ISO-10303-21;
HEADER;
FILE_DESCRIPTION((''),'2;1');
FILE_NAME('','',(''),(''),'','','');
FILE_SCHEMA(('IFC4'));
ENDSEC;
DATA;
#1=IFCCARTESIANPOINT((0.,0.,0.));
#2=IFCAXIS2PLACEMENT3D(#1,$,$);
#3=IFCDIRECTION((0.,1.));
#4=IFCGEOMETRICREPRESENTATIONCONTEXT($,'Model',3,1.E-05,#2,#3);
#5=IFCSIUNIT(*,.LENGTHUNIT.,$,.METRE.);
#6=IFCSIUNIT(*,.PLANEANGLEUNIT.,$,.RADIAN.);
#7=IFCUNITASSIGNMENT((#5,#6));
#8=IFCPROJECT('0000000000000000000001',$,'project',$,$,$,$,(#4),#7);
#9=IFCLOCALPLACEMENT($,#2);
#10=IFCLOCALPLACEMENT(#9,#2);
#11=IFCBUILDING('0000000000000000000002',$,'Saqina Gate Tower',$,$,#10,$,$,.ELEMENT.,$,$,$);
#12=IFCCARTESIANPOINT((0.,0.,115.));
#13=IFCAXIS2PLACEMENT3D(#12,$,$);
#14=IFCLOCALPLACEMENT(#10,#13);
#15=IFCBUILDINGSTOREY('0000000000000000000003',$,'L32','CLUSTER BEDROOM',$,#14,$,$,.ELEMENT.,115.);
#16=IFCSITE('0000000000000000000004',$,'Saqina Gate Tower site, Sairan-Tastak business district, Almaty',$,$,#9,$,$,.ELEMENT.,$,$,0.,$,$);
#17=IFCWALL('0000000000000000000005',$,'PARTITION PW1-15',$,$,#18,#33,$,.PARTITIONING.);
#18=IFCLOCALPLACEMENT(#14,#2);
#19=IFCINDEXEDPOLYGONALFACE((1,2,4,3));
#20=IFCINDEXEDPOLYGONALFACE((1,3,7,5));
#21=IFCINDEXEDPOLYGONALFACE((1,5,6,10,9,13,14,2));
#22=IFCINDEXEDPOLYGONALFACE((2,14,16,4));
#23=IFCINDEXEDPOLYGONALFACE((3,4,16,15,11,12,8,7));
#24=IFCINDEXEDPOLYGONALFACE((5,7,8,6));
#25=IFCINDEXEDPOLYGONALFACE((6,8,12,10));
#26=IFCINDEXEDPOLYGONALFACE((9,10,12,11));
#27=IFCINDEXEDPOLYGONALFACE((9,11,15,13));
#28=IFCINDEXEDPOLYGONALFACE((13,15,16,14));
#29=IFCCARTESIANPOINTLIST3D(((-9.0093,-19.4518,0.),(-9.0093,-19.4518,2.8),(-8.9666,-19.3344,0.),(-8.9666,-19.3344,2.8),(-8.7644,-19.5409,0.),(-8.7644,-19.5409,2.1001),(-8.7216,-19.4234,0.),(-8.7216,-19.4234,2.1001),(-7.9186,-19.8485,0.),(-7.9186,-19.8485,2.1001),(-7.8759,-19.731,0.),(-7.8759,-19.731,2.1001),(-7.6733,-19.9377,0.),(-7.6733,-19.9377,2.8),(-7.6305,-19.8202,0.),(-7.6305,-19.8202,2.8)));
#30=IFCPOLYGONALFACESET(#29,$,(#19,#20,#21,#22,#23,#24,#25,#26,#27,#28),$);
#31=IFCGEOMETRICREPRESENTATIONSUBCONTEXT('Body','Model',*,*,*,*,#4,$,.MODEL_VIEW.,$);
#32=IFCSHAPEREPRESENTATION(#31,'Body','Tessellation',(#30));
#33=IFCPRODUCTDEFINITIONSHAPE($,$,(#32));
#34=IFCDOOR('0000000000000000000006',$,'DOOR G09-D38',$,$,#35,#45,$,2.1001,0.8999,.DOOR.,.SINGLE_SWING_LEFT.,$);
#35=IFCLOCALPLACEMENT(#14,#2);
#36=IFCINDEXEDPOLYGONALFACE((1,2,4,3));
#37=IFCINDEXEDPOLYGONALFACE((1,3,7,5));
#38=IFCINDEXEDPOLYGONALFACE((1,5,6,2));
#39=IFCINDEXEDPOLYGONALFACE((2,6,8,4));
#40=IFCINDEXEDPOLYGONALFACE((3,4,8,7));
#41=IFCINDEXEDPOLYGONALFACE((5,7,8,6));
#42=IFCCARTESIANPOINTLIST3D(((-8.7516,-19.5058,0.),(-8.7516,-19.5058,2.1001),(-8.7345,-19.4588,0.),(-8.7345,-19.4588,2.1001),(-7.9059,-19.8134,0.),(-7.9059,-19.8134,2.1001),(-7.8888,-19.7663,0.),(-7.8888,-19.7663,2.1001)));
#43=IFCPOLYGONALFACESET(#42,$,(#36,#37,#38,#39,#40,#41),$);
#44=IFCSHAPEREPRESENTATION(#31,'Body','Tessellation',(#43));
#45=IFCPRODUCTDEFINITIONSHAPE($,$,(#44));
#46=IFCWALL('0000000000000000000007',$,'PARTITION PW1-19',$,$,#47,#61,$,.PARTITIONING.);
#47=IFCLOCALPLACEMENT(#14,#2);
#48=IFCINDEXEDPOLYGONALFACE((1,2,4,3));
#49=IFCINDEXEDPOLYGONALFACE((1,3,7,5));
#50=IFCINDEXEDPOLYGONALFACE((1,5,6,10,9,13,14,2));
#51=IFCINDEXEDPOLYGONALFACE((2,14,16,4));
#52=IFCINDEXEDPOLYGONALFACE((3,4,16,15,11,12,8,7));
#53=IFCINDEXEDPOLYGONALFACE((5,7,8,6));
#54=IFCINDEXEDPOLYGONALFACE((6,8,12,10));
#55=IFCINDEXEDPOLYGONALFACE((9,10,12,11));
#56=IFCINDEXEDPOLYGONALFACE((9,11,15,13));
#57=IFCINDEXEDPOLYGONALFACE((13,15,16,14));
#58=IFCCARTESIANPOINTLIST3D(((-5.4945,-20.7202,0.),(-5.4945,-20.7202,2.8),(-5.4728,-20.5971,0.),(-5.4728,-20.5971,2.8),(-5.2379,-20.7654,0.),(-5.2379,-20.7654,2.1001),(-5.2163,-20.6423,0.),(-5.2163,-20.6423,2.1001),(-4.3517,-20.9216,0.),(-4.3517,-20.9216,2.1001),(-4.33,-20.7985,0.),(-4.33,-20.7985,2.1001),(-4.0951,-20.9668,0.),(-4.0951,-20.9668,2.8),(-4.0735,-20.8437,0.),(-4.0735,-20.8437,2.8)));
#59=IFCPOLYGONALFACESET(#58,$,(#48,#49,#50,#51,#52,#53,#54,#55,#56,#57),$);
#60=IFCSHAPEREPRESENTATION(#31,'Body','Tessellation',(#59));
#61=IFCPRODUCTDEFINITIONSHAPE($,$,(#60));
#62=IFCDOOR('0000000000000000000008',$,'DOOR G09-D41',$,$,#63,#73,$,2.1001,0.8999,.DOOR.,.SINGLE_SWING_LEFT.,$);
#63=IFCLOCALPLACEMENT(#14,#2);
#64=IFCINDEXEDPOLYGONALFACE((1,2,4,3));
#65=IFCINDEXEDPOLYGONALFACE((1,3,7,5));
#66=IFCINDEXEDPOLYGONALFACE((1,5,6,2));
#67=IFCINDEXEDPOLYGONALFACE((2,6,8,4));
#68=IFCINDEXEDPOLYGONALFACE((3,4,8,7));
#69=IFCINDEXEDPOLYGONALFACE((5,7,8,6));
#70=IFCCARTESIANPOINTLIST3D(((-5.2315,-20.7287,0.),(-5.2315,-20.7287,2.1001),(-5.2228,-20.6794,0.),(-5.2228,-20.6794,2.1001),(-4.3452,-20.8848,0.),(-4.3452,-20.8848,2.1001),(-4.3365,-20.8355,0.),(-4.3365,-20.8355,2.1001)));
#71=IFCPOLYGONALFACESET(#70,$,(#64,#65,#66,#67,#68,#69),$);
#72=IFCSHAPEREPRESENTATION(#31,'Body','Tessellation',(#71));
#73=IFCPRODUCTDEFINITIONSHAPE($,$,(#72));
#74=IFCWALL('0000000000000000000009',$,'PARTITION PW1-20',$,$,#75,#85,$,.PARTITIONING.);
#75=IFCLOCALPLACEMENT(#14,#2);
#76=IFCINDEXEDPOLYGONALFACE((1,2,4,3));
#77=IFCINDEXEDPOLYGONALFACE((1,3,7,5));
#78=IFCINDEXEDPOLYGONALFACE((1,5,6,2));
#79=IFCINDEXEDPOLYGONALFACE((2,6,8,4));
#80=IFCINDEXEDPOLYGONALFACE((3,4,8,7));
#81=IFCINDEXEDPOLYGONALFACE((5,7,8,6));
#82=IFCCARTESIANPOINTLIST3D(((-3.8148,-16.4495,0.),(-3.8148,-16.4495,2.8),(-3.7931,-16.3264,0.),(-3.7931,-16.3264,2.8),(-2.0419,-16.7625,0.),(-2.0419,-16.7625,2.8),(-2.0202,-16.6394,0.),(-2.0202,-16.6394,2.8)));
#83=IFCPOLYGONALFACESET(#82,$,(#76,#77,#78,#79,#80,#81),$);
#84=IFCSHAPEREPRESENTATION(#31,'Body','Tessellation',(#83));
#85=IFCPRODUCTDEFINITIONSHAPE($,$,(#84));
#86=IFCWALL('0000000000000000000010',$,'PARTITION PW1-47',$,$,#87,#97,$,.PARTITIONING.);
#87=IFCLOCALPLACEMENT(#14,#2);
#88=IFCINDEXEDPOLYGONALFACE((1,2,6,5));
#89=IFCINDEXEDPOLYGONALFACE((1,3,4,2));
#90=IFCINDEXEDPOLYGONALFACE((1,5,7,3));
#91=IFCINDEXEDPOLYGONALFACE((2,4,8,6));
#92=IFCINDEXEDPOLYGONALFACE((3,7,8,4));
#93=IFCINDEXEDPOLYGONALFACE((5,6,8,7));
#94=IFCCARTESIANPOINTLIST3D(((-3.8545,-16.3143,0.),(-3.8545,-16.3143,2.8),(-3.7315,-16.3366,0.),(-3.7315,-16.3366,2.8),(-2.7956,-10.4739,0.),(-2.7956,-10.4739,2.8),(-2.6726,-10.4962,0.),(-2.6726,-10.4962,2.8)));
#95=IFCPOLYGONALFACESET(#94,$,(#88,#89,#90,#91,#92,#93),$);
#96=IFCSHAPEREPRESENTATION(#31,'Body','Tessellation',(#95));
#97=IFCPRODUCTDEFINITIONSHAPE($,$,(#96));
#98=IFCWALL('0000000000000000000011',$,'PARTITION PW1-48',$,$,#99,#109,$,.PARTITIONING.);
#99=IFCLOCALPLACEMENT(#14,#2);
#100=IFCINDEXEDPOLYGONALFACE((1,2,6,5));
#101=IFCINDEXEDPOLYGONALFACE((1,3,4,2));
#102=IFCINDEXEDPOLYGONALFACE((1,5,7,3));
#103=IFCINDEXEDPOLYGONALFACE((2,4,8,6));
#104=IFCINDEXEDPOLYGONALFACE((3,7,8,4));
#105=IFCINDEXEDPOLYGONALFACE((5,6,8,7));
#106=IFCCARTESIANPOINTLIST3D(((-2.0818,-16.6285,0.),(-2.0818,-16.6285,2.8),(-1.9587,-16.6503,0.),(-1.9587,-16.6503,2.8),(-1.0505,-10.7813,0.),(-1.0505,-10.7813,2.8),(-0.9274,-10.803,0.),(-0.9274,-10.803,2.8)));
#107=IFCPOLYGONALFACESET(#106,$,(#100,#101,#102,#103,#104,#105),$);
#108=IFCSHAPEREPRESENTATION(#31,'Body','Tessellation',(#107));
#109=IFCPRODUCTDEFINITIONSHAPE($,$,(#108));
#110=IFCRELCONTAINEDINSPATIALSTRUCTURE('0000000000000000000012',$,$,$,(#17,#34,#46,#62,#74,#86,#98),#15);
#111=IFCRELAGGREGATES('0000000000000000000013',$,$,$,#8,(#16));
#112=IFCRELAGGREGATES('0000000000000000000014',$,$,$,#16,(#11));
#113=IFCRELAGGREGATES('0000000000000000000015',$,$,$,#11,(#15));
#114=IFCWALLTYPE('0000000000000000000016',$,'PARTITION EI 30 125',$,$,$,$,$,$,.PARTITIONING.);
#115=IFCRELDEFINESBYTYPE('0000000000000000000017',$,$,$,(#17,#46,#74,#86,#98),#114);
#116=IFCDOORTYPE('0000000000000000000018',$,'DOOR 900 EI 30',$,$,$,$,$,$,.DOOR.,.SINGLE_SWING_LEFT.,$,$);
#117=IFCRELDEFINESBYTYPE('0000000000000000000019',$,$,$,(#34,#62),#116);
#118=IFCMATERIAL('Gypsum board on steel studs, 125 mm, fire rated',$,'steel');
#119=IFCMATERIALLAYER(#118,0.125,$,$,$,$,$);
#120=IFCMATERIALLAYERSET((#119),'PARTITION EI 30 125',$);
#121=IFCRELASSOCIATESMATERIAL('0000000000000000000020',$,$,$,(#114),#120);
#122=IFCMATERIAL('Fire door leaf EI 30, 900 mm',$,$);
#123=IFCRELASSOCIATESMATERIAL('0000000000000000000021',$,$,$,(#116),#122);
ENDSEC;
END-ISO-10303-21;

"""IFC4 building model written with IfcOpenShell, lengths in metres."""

from ifc_helpers import new_model, si_unit, direction, frame, frame_2d, origin, place, context, subcontext, project, spatial, rectangle, extrude, material, layer, layer_set, type_object, element, fill, save


model = new_model("IFC4")

# Units and contexts
model_context = context("Model", 3, precision=1e-05, world=origin(), true_north=direction((0.0, 1.0)))
body_context = subcontext(model_context, "Body", "Model", "MODEL_VIEW")
ifc_project = project(units=[si_unit("LENGTHUNIT", "METRE"), si_unit("PLANEANGLEUNIT", "RADIAN")], contexts=[model_context])

# Site, building, storey
site_placement = place(None, origin())
site = spatial("IfcSite", under=ifc_project, at=site_placement, Name="Saqina Gate Tower site, Sairan-Tastak business district, Almaty", CompositionType="ELEMENT", RefElevation=0.0)
building_placement = place(site_placement, origin())
building = spatial("IfcBuilding", under=site, at=building_placement, Name="Saqina Gate Tower", CompositionType="ELEMENT")
storey_placement = place(building_placement, frame((0.0, 0.0, 115.0)))
storey = spatial("IfcBuildingStorey", under=building, at=storey_placement, Name="L32", Description="CLUSTER BEDROOM", CompositionType="ELEMENT", Elevation=115.0)

# Walls, openings, doors
ifc_material_1 = material(Name="Gypsum board on steel studs, 125 mm, fire rated", Category="steel")
ifc_layer_1 = layer(ifc_material_1, 0.125)
ifc_layer_set_1 = layer_set([ifc_layer_1], Name="PARTITION EI 30 125")
wall_type_1 = type_object("IfcWallType", Name="PARTITION EI 30 125", PredefinedType="PARTITIONING", material=ifc_layer_set_1)
wall_1_placement = place(storey_placement, frame((-8.988, -19.3931, 0.0), z_axis=(0.0, 0.0, 1.0), x_axis=(0.939783, -0.341771, 0.0)))
wall_1 = element("IfcWall", 1, at=wall_1_placement, inside=storey, type_object=wall_type_1, Name="PARTITION PW1-15", PredefinedType="PARTITIONING", context=body_context, shape_type="SweptSolid", body=[
    extrude(rectangle(XDim=1.4216, YDim=0.125, at=frame_2d((0.7109, 0.0))), origin(), (0.0, 0.0, 1.0), 2.8),
])
opening_1_placement = place(wall_1_placement, frame((0.2607, 0.0, 0.0)))
opening_1 = element("IfcOpeningElement", 2, at=opening_1_placement, cuts=wall_1, PredefinedType="OPENING", context=body_context, shape_type="SweptSolid", body=[
    extrude(rectangle(XDim=0.8999, YDim=2.1001, at=frame_2d((0.45, 1.05))), frame((0.0, 0.0745, 0.0), z_axis=(0.0, -1.0, 0.0), x_axis=(1.0, 0.0, 0.0)), (0.0, 0.0, 1.0), 0.1489),
])
ifc_material_2 = material(Name="Fire door leaf EI 30, 900 mm")
door_type_1 = type_object("IfcDoorType", Name="DOOR 900 EI 30", OperationType="SINGLE_SWING_LEFT", PredefinedType="DOOR", material=ifc_material_2)
door_1_placement = place(opening_1_placement, origin())
door_1 = element("IfcDoor", 3, at=door_1_placement, inside=storey, type_object=door_type_1, Name="DOOR G09-D38", OperationType="SINGLE_SWING_LEFT", OverallHeight=2.1001, OverallWidth=0.8999, PredefinedType="DOOR", context=body_context, shape_type="SweptSolid", body=[
    extrude(rectangle(XDim=0.8999, YDim=2.1001, at=frame_2d((0.45, 1.05))), frame((0.0, 0.0249, 0.0), z_axis=(0.0, -1.0, 0.0), x_axis=(1.0, 0.0, 0.0)), (0.0, 0.0, 1.0), 0.05),
])
fill(opening_1, door_1)
wall_2_placement = place(storey_placement, frame((-5.4836, -20.6587, 0.0), z_axis=(0.0, 0.0, 1.0), x_axis=(0.984828, -0.17353, 0.0)))
wall_2 = element("IfcWall", 4, at=wall_2_placement, inside=storey, type_object=wall_type_1, Name="PARTITION PW1-19", PredefinedType="PARTITIONING", context=body_context, shape_type="SweptSolid", body=[
    extrude(rectangle(XDim=1.4209, YDim=0.125, at=frame_2d((0.7104, 0.0))), origin(), (0.0, 0.0, 1.0), 2.8),
])
opening_2_placement = place(wall_2_placement, frame((0.2605, 0.0, 0.0)))
opening_2 = element("IfcOpeningElement", 5, at=opening_2_placement, cuts=wall_2, PredefinedType="OPENING", context=body_context, shape_type="SweptSolid", body=[
    extrude(rectangle(XDim=0.8999, YDim=2.1001, at=frame_2d((0.45, 1.05))), frame((0.0, 0.0745, 0.0), z_axis=(0.0, -1.0, 0.0), x_axis=(1.0, 0.0, 0.0)), (0.0, 0.0, 1.0), 0.1489),
])
door_2_placement = place(opening_2_placement, origin())
door_2 = element("IfcDoor", 6, at=door_2_placement, inside=storey, type_object=door_type_1, Name="DOOR G09-D41", OperationType="SINGLE_SWING_LEFT", OverallHeight=2.1001, OverallWidth=0.8999, PredefinedType="DOOR", context=body_context, shape_type="SweptSolid", body=[
    extrude(rectangle(XDim=0.8999, YDim=2.1001, at=frame_2d((0.45, 1.05))), frame((0.0, 0.0249, 0.0), z_axis=(0.0, -1.0, 0.0), x_axis=(1.0, 0.0, 0.0)), (0.0, 0.0, 1.0), 0.05),
])
fill(opening_2, door_2)

# Walls
wall_3_placement = place(storey_placement, frame((-3.804, -16.3879, 0.0), z_axis=(0.0, 0.0, 1.0), x_axis=(0.984773, -0.173847, 0.0)))
element("IfcWall", 7, at=wall_3_placement, inside=storey, type_object=wall_type_1, Name="PARTITION PW1-20", PredefinedType="PARTITIONING", context=body_context, shape_type="SweptSolid", body=[
    extrude(rectangle(XDim=1.8003, YDim=0.125, at=frame_2d((0.9001, 0.0))), origin(), (0.0, 0.0, 1.0), 2.8),
])
wall_4_placement = place(storey_placement, frame((-3.793, -16.3254, 0.0), z_axis=(0.0, 0.0, 1.0), x_axis=(0.17839, 0.98396, 0.0)))
element("IfcWall", 8, at=wall_4_placement, inside=storey, type_object=wall_type_1, Name="PARTITION PW1-47", PredefinedType="PARTITIONING", context=body_context, shape_type="SweptSolid", body=[
    extrude(rectangle(XDim=5.9355, YDim=0.125, at=frame_2d((2.9678, 0.0))), origin(), (0.0, 0.0, 1.0), 2.8),
])
wall_5_placement = place(storey_placement, frame((-2.0203, -16.6394, 0.0), z_axis=(0.0, 0.0, 1.0), x_axis=(0.173687, 0.984801, 0.0)))
element("IfcWall", 9, at=wall_5_placement, inside=storey, type_object=wall_type_1, Name="PARTITION PW1-48", PredefinedType="PARTITIONING", context=body_context, shape_type="SweptSolid", body=[
    extrude(rectangle(XDim=5.9375, YDim=0.125, at=frame_2d((2.9688, 0.0))), origin(), (0.0, 0.0, 1.0), 2.8),
])

save(model, "model.ifc")
